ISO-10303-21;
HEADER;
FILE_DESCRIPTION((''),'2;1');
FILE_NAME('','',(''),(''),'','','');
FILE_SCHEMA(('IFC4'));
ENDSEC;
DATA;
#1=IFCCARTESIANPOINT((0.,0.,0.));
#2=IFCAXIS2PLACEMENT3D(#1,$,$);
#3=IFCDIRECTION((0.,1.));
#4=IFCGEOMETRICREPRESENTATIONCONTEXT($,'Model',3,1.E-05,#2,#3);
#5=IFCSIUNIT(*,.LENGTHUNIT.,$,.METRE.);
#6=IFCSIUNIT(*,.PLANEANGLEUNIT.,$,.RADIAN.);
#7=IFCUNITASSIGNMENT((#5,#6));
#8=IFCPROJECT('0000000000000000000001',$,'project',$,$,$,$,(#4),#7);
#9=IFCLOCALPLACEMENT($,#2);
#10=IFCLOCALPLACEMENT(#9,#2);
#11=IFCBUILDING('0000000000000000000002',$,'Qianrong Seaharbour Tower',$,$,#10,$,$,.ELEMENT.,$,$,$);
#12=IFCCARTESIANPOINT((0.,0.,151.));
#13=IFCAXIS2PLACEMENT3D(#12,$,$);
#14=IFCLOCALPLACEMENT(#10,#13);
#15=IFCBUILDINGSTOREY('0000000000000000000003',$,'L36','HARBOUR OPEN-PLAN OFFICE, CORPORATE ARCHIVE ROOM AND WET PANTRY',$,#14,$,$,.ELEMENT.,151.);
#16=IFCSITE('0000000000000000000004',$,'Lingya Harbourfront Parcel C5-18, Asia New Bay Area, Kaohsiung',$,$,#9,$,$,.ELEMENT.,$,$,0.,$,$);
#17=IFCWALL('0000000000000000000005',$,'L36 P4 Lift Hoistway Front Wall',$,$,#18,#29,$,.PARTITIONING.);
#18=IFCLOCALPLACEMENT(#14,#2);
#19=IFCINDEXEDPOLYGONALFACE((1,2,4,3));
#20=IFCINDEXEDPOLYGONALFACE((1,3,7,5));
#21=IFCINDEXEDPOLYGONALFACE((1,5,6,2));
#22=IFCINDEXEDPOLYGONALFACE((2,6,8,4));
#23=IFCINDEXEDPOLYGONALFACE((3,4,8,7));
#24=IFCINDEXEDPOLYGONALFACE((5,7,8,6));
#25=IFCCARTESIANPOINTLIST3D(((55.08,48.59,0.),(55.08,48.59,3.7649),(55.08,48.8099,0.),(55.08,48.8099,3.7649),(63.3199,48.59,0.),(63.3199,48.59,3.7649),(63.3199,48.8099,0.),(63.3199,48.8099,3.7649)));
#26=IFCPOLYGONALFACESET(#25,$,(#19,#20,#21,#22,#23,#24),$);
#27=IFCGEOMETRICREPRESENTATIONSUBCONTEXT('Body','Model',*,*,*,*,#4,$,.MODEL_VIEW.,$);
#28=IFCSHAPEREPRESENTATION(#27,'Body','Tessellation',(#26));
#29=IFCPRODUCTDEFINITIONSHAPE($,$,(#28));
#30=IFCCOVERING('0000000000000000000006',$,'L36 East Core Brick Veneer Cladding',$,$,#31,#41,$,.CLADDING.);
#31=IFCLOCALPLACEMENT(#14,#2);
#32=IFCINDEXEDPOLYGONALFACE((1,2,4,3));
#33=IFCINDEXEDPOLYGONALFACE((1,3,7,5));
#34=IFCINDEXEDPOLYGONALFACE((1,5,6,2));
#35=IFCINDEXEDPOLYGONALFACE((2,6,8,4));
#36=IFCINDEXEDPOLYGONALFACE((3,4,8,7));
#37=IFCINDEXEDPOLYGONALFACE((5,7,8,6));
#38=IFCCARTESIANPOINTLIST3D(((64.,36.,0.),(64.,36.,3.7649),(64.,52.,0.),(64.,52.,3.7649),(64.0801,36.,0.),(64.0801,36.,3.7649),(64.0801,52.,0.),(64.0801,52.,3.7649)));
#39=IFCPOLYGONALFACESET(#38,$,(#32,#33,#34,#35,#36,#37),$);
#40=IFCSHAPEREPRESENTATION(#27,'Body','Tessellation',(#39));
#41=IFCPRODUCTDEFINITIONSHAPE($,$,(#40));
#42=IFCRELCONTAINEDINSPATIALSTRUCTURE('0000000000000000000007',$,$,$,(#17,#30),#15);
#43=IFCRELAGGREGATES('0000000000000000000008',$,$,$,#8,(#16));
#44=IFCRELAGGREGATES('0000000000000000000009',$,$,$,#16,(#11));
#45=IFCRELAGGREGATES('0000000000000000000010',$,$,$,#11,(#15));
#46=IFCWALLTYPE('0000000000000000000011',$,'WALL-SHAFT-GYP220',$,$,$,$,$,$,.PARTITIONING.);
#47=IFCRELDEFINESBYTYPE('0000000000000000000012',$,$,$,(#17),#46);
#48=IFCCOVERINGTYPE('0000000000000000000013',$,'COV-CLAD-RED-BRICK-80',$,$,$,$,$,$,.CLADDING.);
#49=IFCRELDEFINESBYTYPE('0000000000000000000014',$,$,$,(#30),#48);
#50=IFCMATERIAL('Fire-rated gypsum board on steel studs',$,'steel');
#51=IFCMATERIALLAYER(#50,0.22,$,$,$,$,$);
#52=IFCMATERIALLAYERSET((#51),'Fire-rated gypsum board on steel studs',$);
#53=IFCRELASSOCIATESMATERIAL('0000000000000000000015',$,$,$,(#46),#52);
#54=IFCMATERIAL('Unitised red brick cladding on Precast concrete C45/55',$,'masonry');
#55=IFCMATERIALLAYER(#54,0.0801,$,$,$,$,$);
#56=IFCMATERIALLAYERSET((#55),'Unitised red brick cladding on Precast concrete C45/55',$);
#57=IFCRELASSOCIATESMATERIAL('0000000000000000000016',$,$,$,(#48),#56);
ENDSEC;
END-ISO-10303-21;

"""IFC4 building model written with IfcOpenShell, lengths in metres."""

from ifc_helpers import new_model, si_unit, direction, frame, frame_2d, origin, origin_2d, place, context, subcontext, project, spatial, rectangle, extrude, material, layer, layer_set, type_object, element, save


model = new_model("IFC4")

# Units and contexts
model_context = context("Model", 3, precision=1e-05, world=origin(), true_north=direction((0.0, 1.0)))
body_context = subcontext(model_context, "Body", "Model", "MODEL_VIEW")
ifc_project = project(units=[si_unit("LENGTHUNIT", "METRE"), si_unit("PLANEANGLEUNIT", "RADIAN")], contexts=[model_context])

# Site, building, storey
site_placement = place(None, origin())
site = spatial("IfcSite", under=ifc_project, at=site_placement, Name="Lingya Harbourfront Parcel C5-18, Asia New Bay Area, Kaohsiung", CompositionType="ELEMENT", RefElevation=0.0)
building_placement = place(site_placement, origin())
building = spatial("IfcBuilding", under=site, at=building_placement, Name="Qianrong Seaharbour Tower", CompositionType="ELEMENT")
storey_placement = place(building_placement, frame((0.0, 0.0, 151.0)))
storey = spatial("IfcBuildingStorey", under=building, at=storey_placement, Name="L36", Description="HARBOUR OPEN-PLAN OFFICE, CORPORATE ARCHIVE ROOM AND WET PANTRY", CompositionType="ELEMENT", Elevation=151.0)

# Wall
ifc_material_1 = material(Name="Fire-rated gypsum board on steel studs", Category="steel")
ifc_layer_1 = layer(ifc_material_1, 0.22)
ifc_layer_set_1 = layer_set([ifc_layer_1], Name="Fire-rated gypsum board on steel studs")
wall_type_1 = type_object("IfcWallType", Name="WALL-SHAFT-GYP220", PredefinedType="PARTITIONING", material=ifc_layer_set_1)
for number, where, z_axis, x_axis, name in (
    (1, (63.3201, 48.7, 0.0), (0.0, 0.0, 1.0), (-1.0, 0.0, 0.0), "L36 P4 Lift Hoistway Front Wall"),
):
    element("IfcWall", number, at=place(storey_placement, frame(where, z_axis=z_axis, x_axis=x_axis)), inside=storey, type_object=wall_type_1, Name=name, PredefinedType="PARTITIONING", context=body_context, shape_type="SweptSolid", body=[
        extrude(rectangle(XDim=8.24, YDim=0.22, at=frame_2d((4.1201, 0.0))), origin(), (0.0, 0.0, 1.0), 3.7649),
    ])

# Covering
ifc_material_2 = material(Name="Unitised red brick cladding on Precast concrete C45/55", Category="masonry")
ifc_layer_2 = layer(ifc_material_2, 0.0801)
ifc_layer_set_2 = layer_set([ifc_layer_2], Name="Unitised red brick cladding on Precast concrete C45/55")
covering_type = type_object("IfcCoveringType", Name="COV-CLAD-RED-BRICK-80", PredefinedType="CLADDING", material=ifc_layer_set_2)
covering_placement = place(storey_placement, frame((64.04, 44.0, 0.0), z_axis=(0.0, 0.0, 1.0), x_axis=(1.0, 0.0, 0.0)))
element("IfcCovering", 2, at=covering_placement, inside=storey, type_object=covering_type, Name="L36 East Core Brick Veneer Cladding", PredefinedType="CLADDING", context=body_context, shape_type="SweptSolid", body=[
    extrude(rectangle(XDim=0.0801, YDim=16.0, at=origin_2d()), origin(), (0.0, 0.0, 1.0), 3.7649),
])

save(model, "model.ifc")
